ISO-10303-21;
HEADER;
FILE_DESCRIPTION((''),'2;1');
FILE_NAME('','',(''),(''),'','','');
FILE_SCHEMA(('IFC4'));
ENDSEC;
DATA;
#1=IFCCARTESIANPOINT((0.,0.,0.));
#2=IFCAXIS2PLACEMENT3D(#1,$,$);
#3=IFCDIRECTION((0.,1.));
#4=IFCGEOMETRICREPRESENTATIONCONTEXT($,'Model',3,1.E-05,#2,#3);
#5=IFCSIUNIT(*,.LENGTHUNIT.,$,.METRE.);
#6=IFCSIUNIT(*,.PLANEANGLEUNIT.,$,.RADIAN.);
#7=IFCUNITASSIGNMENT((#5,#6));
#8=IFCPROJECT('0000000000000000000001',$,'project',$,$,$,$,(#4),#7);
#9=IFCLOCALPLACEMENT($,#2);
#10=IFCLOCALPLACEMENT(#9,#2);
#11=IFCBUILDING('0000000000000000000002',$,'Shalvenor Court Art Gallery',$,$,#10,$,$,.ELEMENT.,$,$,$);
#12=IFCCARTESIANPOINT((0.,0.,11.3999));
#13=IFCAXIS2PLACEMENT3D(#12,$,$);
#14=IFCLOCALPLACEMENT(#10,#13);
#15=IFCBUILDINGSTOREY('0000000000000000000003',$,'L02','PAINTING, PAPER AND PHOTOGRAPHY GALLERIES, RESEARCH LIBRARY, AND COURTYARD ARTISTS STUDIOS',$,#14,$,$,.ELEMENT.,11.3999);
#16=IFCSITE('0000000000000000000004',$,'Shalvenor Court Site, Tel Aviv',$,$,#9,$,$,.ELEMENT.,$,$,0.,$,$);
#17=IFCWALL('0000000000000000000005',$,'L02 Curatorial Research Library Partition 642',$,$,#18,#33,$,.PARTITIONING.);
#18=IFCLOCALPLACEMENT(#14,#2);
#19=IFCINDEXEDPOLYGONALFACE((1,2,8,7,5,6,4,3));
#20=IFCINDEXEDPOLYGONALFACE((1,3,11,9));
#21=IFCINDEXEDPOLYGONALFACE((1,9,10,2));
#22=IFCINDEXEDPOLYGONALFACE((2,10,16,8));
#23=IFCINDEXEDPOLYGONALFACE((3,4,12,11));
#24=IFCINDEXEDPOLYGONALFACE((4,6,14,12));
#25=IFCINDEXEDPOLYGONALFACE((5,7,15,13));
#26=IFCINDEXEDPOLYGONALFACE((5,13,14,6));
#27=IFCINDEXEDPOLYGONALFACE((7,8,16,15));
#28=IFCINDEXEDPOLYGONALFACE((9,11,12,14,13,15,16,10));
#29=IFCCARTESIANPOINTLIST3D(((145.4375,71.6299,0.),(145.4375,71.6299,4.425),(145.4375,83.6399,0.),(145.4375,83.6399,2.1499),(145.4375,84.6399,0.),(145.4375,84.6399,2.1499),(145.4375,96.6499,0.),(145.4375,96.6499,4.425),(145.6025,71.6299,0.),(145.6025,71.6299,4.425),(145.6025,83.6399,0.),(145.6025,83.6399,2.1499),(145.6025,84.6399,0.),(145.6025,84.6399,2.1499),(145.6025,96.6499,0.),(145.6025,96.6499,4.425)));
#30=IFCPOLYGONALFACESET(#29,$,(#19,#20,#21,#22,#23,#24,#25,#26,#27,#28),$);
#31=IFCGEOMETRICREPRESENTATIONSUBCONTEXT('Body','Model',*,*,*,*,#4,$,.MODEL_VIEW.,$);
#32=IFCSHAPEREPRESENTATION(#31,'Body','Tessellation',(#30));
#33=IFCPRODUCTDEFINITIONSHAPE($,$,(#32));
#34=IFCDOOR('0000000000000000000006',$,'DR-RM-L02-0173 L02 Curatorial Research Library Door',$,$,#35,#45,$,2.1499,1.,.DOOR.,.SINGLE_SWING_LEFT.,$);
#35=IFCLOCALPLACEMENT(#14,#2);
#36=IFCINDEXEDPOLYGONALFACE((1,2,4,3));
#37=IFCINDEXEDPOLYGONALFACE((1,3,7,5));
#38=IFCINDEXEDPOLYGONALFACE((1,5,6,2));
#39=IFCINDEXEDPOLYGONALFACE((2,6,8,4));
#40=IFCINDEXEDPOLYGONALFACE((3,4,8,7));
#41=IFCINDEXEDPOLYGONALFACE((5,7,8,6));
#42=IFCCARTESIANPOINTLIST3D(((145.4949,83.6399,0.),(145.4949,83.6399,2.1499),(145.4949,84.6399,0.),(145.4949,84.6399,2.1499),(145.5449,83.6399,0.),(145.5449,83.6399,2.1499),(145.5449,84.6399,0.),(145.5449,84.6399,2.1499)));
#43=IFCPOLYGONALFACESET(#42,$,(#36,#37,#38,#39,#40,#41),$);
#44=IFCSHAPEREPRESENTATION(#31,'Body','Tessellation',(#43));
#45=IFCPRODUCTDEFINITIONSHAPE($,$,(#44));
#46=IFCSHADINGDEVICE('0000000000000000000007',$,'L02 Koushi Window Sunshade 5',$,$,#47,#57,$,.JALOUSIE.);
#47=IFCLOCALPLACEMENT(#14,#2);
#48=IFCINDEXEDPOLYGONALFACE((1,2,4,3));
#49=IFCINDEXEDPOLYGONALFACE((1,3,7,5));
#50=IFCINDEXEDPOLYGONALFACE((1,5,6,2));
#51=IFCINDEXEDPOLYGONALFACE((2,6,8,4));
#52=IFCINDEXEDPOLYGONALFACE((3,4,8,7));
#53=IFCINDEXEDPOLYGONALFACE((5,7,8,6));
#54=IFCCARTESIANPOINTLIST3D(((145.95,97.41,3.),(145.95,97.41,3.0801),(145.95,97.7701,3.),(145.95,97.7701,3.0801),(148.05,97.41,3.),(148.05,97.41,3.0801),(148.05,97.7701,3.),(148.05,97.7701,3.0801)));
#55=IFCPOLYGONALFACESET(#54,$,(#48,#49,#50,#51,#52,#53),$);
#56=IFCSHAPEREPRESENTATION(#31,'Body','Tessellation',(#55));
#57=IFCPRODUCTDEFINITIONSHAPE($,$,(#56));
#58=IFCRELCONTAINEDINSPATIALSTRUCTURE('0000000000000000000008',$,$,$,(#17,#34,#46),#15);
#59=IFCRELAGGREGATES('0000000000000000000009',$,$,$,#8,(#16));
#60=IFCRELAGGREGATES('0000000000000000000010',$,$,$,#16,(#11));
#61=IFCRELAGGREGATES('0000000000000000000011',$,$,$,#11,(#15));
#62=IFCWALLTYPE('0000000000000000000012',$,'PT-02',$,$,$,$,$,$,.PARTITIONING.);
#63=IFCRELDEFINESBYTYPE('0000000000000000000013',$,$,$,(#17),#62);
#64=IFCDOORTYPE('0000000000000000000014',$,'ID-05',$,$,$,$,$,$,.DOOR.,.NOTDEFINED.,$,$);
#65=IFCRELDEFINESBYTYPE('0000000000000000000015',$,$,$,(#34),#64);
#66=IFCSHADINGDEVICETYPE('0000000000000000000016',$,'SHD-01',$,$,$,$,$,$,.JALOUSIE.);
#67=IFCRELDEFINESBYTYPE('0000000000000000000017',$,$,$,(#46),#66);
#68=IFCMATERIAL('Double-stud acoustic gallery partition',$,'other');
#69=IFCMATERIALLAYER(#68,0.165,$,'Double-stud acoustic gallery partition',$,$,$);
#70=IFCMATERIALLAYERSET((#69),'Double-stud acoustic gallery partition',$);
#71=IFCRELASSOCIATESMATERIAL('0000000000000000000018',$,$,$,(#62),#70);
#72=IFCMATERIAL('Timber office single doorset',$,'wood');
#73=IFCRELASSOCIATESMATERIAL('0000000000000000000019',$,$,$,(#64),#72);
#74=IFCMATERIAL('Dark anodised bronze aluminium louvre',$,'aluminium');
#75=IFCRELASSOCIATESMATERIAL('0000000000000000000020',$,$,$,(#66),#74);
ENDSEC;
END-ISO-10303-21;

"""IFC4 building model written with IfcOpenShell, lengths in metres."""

from ifc_helpers import new_model, si_unit, direction, frame, frame_2d, origin, origin_2d, place, context, subcontext, project, spatial, rectangle, extrude, material, layer, layer_set, type_object, element, fill, save


model = new_model("IFC4")

# Units and contexts
model_context = context("Model", 3, precision=1e-05, world=origin(), true_north=direction((0.0, 1.0)))
body_context = subcontext(model_context, "Body", "Model", "MODEL_VIEW")
ifc_project = project(units=[si_unit("LENGTHUNIT", "METRE"), si_unit("PLANEANGLEUNIT", "RADIAN")], contexts=[model_context])

# Site, building, storey
site_placement = place(None, origin())
site = spatial("IfcSite", under=ifc_project, at=site_placement, Name="Shalvenor Court Site, Tel Aviv", CompositionType="ELEMENT", RefElevation=0.0)
building_placement = place(site_placement, origin())
building = spatial("IfcBuilding", under=site, at=building_placement, Name="Shalvenor Court Art Gallery", CompositionType="ELEMENT")
storey_placement = place(building_placement, frame((0.0, 0.0, 11.3999)))
storey = spatial("IfcBuildingStorey", under=building, at=storey_placement, Name="L02", Description="PAINTING, PAPER AND PHOTOGRAPHY GALLERIES, RESEARCH LIBRARY, AND COURTYARD ARTISTS STUDIOS", CompositionType="ELEMENT", Elevation=11.3999)

# Wall, opening, door
ifc_material_1 = material(Name="Double-stud acoustic gallery partition", Category="other")
ifc_layer_1 = layer(ifc_material_1, 0.165, Name="Double-stud acoustic gallery partition")
ifc_layer_set_1 = layer_set([ifc_layer_1], Name="Double-stud acoustic gallery partition")
wall_type_1 = type_object("IfcWallType", Name="PT-02", PredefinedType="PARTITIONING", material=ifc_layer_set_1)
wall_1_placement = place(storey_placement, frame((145.52, 96.6499, 0.0), z_axis=(0.0, 0.0, 1.0), x_axis=(0.0, -1.0, 0.0)))
wall_1 = element("IfcWall", 1, at=wall_1_placement, inside=storey, type_object=wall_type_1, Name="L02 Curatorial Research Library Partition 642", PredefinedType="PARTITIONING", context=body_context, shape_type="SweptSolid", body=[
    extrude(rectangle(XDim=25.02, YDim=0.165, at=frame_2d((12.51, 0.0))), origin(), (0.0, 0.0, 1.0), 4.425),
])
opening_1_placement = place(wall_1_placement, frame((12.01, 0.0, 0.0)))
opening_1 = element("IfcOpeningElement", 2, at=opening_1_placement, cuts=wall_1, PredefinedType="OPENING", context=body_context, shape_type="SweptSolid", body=[
    extrude(rectangle(XDim=1.0, YDim=2.1499, at=frame_2d((0.5, 1.075))), frame((0.0, 0.0925, 0.0), z_axis=(0.0, -1.0, 0.0), x_axis=(1.0, 0.0, 0.0)), (0.0, 0.0, 1.0), 0.1851),
])
ifc_material_2 = material(Name="Timber office single doorset", Category="wood")
door_type = type_object("IfcDoorType", Name="ID-05", OperationType="NOTDEFINED", PredefinedType="DOOR", material=ifc_material_2)
door_placement = place(opening_1_placement, origin())
door = element("IfcDoor", 3, at=door_placement, inside=storey, type_object=door_type, Name="DR-RM-L02-0173 L02 Curatorial Research Library Door", OperationType="SINGLE_SWING_LEFT", OverallHeight=2.1499, OverallWidth=1.0, PredefinedType="DOOR", context=body_context, shape_type="SweptSolid", body=[
    extrude(rectangle(XDim=1.0, YDim=2.1499, at=frame_2d((0.5, 1.075))), frame((0.0, 0.0249, 0.0), z_axis=(0.0, -1.0, 0.0), x_axis=(1.0, 0.0, 0.0)), (0.0, 0.0, 1.0), 0.05),
])
fill(opening_1, door)

# Shading device
ifc_material_3 = material(Name="Dark anodised bronze aluminium louvre", Category="aluminium")
shading_device_type = type_object("IfcShadingDeviceType", Name="SHD-01", PredefinedType="JALOUSIE", material=ifc_material_3)
shading_device_placement = place(storey_placement, frame((147.0, 97.5901, 3.0), z_axis=(0.0, 0.0, 1.0), x_axis=(1.0, 0.0, 0.0)))
element("IfcShadingDevice", 4, at=shading_device_placement, inside=storey, type_object=shading_device_type, Name="L02 Koushi Window Sunshade 5", PredefinedType="JALOUSIE", context=body_context, shape_type="SweptSolid", body=[
    extrude(rectangle(XDim=2.1001, YDim=0.3601, at=origin_2d()), origin(), (0.0, 0.0, 1.0), 0.0801),
])

save(model, "model.ifc")
